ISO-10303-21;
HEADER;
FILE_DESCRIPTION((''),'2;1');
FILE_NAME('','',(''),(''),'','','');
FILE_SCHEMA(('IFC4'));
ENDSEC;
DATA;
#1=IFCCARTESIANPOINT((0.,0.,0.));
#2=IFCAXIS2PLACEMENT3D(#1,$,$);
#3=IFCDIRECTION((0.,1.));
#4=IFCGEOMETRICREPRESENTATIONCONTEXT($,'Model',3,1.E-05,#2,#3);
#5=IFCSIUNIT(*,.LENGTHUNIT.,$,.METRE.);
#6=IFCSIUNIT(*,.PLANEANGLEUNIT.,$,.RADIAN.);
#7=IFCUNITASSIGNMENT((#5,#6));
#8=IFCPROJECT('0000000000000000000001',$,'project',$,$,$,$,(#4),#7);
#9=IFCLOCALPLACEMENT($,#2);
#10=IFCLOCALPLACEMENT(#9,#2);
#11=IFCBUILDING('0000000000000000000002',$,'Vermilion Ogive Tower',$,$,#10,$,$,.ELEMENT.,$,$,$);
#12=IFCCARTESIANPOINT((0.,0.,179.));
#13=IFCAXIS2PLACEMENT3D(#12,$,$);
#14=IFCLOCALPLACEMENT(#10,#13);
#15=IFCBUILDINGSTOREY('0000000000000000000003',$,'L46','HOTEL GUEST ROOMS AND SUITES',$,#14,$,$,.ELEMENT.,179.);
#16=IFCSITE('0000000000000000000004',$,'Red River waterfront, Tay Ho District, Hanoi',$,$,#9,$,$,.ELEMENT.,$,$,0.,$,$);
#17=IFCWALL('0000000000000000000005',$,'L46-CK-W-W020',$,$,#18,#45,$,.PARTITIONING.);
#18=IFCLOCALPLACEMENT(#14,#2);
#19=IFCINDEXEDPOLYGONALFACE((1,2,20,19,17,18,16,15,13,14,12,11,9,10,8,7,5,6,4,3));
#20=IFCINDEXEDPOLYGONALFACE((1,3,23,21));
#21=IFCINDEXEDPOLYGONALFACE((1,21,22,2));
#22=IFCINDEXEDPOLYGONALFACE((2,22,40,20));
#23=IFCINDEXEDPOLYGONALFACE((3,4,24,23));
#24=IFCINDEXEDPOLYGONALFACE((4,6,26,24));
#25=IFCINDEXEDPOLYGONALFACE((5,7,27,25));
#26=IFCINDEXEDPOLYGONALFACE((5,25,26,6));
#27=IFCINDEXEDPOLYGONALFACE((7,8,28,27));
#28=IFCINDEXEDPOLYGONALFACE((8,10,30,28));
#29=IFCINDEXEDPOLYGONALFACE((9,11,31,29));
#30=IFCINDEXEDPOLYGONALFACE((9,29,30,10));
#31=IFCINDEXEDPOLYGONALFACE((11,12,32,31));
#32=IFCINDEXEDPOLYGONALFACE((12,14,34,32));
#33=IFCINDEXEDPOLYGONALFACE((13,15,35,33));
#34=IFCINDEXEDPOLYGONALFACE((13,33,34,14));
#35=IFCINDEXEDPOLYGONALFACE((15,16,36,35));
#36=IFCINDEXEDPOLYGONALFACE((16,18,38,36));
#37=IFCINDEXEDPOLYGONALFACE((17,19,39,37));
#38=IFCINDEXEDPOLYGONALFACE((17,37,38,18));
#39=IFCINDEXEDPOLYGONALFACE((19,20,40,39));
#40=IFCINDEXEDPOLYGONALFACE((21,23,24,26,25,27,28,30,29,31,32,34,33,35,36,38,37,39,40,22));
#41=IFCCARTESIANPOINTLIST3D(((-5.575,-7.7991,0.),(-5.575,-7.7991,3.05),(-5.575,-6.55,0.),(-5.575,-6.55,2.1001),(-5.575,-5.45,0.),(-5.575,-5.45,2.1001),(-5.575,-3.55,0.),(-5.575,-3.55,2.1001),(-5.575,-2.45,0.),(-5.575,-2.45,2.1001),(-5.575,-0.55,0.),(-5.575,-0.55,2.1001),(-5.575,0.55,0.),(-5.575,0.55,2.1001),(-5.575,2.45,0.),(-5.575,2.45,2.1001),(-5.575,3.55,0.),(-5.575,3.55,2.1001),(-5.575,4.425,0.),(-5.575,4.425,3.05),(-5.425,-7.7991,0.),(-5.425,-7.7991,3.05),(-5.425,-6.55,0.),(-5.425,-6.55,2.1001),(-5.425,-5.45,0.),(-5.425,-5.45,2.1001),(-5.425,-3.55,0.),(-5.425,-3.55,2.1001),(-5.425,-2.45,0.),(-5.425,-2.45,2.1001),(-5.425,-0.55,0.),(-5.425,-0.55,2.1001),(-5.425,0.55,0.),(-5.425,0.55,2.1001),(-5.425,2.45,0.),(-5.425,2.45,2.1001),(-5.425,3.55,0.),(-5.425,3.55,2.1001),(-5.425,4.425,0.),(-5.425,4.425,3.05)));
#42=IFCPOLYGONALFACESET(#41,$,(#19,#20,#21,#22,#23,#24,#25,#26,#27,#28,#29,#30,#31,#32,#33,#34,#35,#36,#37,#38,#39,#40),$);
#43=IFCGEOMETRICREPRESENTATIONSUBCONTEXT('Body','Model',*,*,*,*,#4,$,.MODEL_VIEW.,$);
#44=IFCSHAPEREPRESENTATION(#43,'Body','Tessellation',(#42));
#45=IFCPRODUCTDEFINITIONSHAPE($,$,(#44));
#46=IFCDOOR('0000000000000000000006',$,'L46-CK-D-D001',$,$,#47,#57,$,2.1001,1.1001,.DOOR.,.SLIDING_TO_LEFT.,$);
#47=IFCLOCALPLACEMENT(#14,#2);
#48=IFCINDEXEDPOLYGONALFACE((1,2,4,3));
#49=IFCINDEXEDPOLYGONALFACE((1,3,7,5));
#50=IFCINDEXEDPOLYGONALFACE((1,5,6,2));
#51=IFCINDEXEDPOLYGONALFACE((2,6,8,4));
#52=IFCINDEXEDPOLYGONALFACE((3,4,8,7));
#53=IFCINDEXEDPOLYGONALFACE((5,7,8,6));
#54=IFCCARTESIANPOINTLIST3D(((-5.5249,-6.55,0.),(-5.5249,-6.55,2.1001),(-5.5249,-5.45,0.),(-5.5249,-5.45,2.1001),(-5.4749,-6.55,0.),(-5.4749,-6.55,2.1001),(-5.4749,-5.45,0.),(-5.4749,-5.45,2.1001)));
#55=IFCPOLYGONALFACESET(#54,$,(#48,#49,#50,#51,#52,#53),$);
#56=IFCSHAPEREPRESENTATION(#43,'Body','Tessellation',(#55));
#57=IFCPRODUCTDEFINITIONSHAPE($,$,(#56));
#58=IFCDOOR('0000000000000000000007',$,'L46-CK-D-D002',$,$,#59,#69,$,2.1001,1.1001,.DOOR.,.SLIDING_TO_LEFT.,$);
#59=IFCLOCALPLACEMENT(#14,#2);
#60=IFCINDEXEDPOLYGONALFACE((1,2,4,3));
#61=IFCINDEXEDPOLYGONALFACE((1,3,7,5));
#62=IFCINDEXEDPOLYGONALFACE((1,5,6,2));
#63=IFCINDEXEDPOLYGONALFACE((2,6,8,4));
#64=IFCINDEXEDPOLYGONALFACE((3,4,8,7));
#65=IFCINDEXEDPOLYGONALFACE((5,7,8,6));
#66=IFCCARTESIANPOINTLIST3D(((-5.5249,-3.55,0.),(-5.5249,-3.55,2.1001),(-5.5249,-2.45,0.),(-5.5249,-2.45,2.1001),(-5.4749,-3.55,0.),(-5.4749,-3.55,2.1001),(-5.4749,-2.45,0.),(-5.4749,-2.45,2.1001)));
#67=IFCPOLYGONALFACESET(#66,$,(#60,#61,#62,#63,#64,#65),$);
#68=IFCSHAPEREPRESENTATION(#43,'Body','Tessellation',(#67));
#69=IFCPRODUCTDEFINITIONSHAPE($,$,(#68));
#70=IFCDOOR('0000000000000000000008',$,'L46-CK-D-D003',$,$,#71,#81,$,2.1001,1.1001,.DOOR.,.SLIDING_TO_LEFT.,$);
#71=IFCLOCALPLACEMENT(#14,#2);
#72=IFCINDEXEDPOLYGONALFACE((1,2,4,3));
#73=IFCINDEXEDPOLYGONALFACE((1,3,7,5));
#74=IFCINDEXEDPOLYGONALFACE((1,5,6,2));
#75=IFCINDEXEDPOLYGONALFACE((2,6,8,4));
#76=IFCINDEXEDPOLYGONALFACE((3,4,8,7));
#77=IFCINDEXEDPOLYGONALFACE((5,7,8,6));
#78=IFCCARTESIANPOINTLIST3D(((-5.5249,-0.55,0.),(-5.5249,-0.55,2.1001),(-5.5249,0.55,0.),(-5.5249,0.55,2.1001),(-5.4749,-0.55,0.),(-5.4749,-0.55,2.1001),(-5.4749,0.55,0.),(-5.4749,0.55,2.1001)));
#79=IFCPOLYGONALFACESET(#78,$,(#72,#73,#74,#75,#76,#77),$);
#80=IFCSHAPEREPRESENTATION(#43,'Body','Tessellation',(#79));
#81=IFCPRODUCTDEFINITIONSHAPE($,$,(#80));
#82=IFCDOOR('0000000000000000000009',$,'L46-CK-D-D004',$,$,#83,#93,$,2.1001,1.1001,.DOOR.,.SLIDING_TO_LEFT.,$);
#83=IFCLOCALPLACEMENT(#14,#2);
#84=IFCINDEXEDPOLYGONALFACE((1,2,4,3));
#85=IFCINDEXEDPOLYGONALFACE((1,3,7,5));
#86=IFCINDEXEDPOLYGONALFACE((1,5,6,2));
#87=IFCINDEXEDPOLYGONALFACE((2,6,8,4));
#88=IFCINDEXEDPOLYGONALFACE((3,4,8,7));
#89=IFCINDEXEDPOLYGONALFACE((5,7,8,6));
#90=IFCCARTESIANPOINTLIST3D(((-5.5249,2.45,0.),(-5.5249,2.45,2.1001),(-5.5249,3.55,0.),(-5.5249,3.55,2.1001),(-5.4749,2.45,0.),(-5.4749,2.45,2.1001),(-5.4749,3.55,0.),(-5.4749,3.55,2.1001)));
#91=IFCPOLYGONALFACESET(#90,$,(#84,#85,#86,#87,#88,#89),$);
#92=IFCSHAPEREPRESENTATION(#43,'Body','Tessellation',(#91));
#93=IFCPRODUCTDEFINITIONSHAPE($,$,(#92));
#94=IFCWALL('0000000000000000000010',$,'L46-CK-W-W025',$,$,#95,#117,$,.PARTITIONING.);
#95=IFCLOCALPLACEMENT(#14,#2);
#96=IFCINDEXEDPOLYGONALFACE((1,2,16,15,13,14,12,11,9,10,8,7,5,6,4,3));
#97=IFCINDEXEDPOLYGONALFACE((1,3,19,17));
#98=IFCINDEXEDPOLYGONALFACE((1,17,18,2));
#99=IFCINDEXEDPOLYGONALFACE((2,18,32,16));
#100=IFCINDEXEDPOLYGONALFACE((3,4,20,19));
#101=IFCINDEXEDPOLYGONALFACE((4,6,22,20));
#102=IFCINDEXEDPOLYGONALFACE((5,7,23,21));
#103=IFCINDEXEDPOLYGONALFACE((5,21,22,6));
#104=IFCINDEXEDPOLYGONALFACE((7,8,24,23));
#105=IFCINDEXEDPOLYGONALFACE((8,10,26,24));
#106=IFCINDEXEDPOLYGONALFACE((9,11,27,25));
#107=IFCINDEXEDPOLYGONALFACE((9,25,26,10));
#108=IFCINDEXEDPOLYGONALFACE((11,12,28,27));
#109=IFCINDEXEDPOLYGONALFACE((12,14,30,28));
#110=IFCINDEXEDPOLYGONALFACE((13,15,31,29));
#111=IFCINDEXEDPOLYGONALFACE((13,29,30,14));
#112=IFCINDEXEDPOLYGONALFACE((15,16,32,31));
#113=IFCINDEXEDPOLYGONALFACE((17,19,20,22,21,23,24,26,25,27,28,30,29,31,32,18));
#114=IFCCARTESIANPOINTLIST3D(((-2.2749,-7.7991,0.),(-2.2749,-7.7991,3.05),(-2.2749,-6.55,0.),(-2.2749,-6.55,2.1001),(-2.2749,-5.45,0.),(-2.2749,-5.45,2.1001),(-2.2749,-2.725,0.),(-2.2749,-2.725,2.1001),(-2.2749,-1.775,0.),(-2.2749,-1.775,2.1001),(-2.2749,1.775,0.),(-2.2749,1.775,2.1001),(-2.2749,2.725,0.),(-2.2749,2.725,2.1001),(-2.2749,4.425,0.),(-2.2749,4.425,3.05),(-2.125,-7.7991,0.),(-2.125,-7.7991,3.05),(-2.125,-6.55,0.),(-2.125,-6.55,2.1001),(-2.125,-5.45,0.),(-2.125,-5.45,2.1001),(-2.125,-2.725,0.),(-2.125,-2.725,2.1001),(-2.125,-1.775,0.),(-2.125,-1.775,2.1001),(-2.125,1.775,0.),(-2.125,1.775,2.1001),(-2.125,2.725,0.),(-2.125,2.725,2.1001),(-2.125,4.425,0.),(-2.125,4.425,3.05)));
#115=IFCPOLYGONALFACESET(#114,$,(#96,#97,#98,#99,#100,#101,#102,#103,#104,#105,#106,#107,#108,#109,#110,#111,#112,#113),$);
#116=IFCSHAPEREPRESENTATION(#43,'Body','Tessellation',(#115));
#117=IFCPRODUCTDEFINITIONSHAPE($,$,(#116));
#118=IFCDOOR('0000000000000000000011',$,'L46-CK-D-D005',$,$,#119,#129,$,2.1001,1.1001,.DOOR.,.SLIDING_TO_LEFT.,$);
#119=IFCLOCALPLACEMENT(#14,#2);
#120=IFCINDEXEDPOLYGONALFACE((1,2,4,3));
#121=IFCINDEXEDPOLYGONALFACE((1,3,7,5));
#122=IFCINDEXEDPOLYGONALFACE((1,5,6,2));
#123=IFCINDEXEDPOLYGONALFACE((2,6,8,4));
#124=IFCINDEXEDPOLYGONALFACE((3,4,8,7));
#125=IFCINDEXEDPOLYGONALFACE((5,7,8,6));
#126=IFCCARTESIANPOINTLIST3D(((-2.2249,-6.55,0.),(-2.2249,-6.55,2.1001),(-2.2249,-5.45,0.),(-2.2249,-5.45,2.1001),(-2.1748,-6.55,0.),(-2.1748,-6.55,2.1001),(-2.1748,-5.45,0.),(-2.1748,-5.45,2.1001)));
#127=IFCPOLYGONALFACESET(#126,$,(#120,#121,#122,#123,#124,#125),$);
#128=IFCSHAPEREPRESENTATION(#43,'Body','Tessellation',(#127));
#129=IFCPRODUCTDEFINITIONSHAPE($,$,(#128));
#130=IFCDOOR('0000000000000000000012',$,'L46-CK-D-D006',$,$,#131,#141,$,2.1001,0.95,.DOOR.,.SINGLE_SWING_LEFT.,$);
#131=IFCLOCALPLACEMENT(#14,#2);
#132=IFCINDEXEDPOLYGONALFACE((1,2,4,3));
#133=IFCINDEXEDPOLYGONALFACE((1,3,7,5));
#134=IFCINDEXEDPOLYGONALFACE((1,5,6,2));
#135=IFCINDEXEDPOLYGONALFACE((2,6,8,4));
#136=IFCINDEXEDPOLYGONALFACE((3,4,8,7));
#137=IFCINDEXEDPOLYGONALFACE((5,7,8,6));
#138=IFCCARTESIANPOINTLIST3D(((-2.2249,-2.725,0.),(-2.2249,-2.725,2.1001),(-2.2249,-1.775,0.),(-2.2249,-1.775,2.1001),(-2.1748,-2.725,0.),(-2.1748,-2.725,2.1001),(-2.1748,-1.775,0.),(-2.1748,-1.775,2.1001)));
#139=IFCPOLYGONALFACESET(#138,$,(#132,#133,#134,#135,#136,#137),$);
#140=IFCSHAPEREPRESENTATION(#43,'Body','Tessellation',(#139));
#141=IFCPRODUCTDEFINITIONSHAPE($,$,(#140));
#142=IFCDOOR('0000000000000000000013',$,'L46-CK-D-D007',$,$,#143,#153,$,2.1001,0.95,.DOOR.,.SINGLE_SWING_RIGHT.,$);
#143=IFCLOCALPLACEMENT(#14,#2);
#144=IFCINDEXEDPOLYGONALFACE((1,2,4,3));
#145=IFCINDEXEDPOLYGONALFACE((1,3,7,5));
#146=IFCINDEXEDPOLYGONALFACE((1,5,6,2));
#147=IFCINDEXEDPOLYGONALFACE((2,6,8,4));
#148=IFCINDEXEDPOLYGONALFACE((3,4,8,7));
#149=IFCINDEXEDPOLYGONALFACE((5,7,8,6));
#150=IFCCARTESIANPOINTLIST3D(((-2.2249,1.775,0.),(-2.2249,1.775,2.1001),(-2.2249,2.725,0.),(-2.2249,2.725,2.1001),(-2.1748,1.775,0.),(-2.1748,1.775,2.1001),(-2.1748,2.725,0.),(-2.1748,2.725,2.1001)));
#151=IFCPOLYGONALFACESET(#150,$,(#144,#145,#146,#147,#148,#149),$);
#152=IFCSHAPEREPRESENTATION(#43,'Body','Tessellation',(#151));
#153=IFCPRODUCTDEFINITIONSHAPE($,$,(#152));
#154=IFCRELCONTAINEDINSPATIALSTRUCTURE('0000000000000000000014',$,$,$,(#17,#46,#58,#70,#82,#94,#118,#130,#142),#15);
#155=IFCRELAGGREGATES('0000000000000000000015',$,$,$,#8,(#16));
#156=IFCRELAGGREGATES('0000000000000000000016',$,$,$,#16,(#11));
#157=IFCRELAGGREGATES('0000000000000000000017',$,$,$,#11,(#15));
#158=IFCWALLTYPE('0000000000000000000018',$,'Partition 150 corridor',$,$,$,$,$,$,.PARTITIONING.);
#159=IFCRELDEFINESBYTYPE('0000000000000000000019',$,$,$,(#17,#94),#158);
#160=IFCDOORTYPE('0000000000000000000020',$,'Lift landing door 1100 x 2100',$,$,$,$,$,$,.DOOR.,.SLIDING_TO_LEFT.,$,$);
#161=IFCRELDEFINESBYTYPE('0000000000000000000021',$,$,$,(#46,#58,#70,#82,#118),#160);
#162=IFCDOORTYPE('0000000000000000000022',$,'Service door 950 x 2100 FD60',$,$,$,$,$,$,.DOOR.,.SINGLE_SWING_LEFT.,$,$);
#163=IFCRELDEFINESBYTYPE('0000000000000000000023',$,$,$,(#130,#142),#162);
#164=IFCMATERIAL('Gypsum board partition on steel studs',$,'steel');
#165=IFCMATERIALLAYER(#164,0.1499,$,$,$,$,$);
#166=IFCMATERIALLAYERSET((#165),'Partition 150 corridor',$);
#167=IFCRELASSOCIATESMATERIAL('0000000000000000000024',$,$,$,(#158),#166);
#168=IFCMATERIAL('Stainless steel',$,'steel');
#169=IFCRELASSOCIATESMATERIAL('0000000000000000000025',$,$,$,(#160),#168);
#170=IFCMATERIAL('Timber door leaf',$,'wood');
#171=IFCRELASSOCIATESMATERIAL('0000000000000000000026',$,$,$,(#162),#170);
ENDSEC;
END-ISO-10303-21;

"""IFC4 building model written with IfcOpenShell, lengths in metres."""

from ifc_helpers import new_model, si_unit, direction, frame, frame_2d, origin, place, context, subcontext, project, spatial, rectangle, extrude, material, layer, layer_set, type_object, element, fill, save


model = new_model("IFC4")

# Units and contexts
model_context = context("Model", 3, precision=1e-05, world=origin(), true_north=direction((0.0, 1.0)))
body_context = subcontext(model_context, "Body", "Model", "MODEL_VIEW")
ifc_project = project(units=[si_unit("LENGTHUNIT", "METRE"), si_unit("PLANEANGLEUNIT", "RADIAN")], contexts=[model_context])

# Site, building, storey
site_placement = place(None, origin())
site = spatial("IfcSite", under=ifc_project, at=site_placement, Name="Red River waterfront, Tay Ho District, Hanoi", CompositionType="ELEMENT", RefElevation=0.0)
building_placement = place(site_placement, origin())
building = spatial("IfcBuilding", under=site, at=building_placement, Name="Vermilion Ogive Tower", CompositionType="ELEMENT")
storey_placement = place(building_placement, frame((0.0, 0.0, 179.0)))
storey = spatial("IfcBuildingStorey", under=building, at=storey_placement, Name="L46", Description="HOTEL GUEST ROOMS AND SUITES", CompositionType="ELEMENT", Elevation=179.0)

# Walls, openings, doors
ifc_material_1 = material(Name="Gypsum board partition on steel studs", Category="steel")
ifc_layer_1 = layer(ifc_material_1, 0.1499)
ifc_layer_set_1 = layer_set([ifc_layer_1], Name="Partition 150 corridor")
wall_type_1 = type_object("IfcWallType", Name="Partition 150 corridor", PredefinedType="PARTITIONING", material=ifc_layer_set_1)
wall_1_placement = place(storey_placement, frame((-5.5, -7.7991, 0.0), z_axis=(0.0, 0.0, 1.0), x_axis=(0.0, 1.0, 0.0)))
wall_1 = element("IfcWall", 1, at=wall_1_placement, inside=storey, type_object=wall_type_1, Name="L46-CK-W-W020", PredefinedType="PARTITIONING", context=body_context, shape_type="SweptSolid", body=[
    extrude(rectangle(XDim=12.2241, YDim=0.1499, at=frame_2d((6.1121, 0.0))), origin(), (0.0, 0.0, 1.0), 3.05),
])
opening_1_placement = place(wall_1_placement, frame((1.249, 0.0, 0.0)))
opening_1 = element("IfcOpeningElement", 2, at=opening_1_placement, cuts=wall_1, PredefinedType="OPENING", context=body_context, shape_type="SweptSolid", body=[
    extrude(rectangle(XDim=1.1001, YDim=2.1001, at=frame_2d((0.55, 1.05))), frame((0.0, 0.085, 0.0), z_axis=(0.0, -1.0, 0.0), x_axis=(1.0, 0.0, 0.0)), (0.0, 0.0, 1.0), 0.1699),
])
opening_2_placement = place(wall_1_placement, frame((4.249, 0.0, 0.0)))
opening_2 = element("IfcOpeningElement", 3, at=opening_2_placement, cuts=wall_1, PredefinedType="OPENING", context=body_context, shape_type="SweptSolid", body=[
    extrude(rectangle(XDim=1.1001, YDim=2.1001, at=frame_2d((0.55, 1.05))), frame((0.0, 0.085, 0.0), z_axis=(0.0, -1.0, 0.0), x_axis=(1.0, 0.0, 0.0)), (0.0, 0.0, 1.0), 0.1699),
])
opening_3_placement = place(wall_1_placement, frame((7.249, 0.0, 0.0)))
opening_3 = element("IfcOpeningElement", 4, at=opening_3_placement, cuts=wall_1, PredefinedType="OPENING", context=body_context, shape_type="SweptSolid", body=[
    extrude(rectangle(XDim=1.1001, YDim=2.1001, at=frame_2d((0.55, 1.05))), frame((0.0, 0.085, 0.0), z_axis=(0.0, -1.0, 0.0), x_axis=(1.0, 0.0, 0.0)), (0.0, 0.0, 1.0), 0.1699),
])
opening_4_placement = place(wall_1_placement, frame((10.249, 0.0, 0.0)))
opening_4 = element("IfcOpeningElement", 5, at=opening_4_placement, cuts=wall_1, PredefinedType="OPENING", context=body_context, shape_type="SweptSolid", body=[
    extrude(rectangle(XDim=1.1001, YDim=2.1001, at=frame_2d((0.55, 1.05))), frame((0.0, 0.085, 0.0), z_axis=(0.0, -1.0, 0.0), x_axis=(1.0, 0.0, 0.0)), (0.0, 0.0, 1.0), 0.1699),
])
ifc_material_2 = material(Name="Stainless steel", Category="steel")
door_type_1 = type_object("IfcDoorType", Name="Lift landing door 1100 x 2100", OperationType="SLIDING_TO_LEFT", PredefinedType="DOOR", material=ifc_material_2)
door_1_placement = place(opening_1_placement, origin())
door_1 = element("IfcDoor", 6, at=door_1_placement, inside=storey, type_object=door_type_1, Name="L46-CK-D-D001", OperationType="SLIDING_TO_LEFT", OverallHeight=2.1001, OverallWidth=1.1001, PredefinedType="DOOR", context=body_context, shape_type="SweptSolid", body=[
    extrude(rectangle(XDim=1.1001, YDim=2.1001, at=frame_2d((0.55, 1.05))), frame((0.0, 0.0249, 0.0), z_axis=(0.0, -1.0, 0.0), x_axis=(1.0, 0.0, 0.0)), (0.0, 0.0, 1.0), 0.05),
])
fill(opening_1, door_1)
door_2_placement = place(opening_2_placement, origin())
door_2 = element("IfcDoor", 7, at=door_2_placement, inside=storey, type_object=door_type_1, Name="L46-CK-D-D002", OperationType="SLIDING_TO_LEFT", OverallHeight=2.1001, OverallWidth=1.1001, PredefinedType="DOOR", context=body_context, shape_type="SweptSolid", body=[
    extrude(rectangle(XDim=1.1001, YDim=2.1001, at=frame_2d((0.55, 1.05))), frame((0.0, 0.0249, 0.0), z_axis=(0.0, -1.0, 0.0), x_axis=(1.0, 0.0, 0.0)), (0.0, 0.0, 1.0), 0.05),
])
fill(opening_2, door_2)
door_3_placement = place(opening_3_placement, origin())
door_3 = element("IfcDoor", 8, at=door_3_placement, inside=storey, type_object=door_type_1, Name="L46-CK-D-D003", OperationType="SLIDING_TO_LEFT", OverallHeight=2.1001, OverallWidth=1.1001, PredefinedType="DOOR", context=body_context, shape_type="SweptSolid", body=[
    extrude(rectangle(XDim=1.1001, YDim=2.1001, at=frame_2d((0.55, 1.05))), frame((0.0, 0.0249, 0.0), z_axis=(0.0, -1.0, 0.0), x_axis=(1.0, 0.0, 0.0)), (0.0, 0.0, 1.0), 0.05),
])
fill(opening_3, door_3)
door_4_placement = place(opening_4_placement, origin())
door_4 = element("IfcDoor", 9, at=door_4_placement, inside=storey, type_object=door_type_1, Name="L46-CK-D-D004", OperationType="SLIDING_TO_LEFT", OverallHeight=2.1001, OverallWidth=1.1001, PredefinedType="DOOR", context=body_context, shape_type="SweptSolid", body=[
    extrude(rectangle(XDim=1.1001, YDim=2.1001, at=frame_2d((0.55, 1.05))), frame((0.0, 0.0249, 0.0), z_axis=(0.0, -1.0, 0.0), x_axis=(1.0, 0.0, 0.0)), (0.0, 0.0, 1.0), 0.05),
])
fill(opening_4, door_4)
wall_2_placement = place(storey_placement, frame((-2.2, -7.7991, 0.0), z_axis=(0.0, 0.0, 1.0), x_axis=(0.0, 1.0, 0.0)))
wall_2 = element("IfcWall", 10, at=wall_2_placement, inside=storey, type_object=wall_type_1, Name="L46-CK-W-W025", PredefinedType="PARTITIONING", context=body_context, shape_type="SweptSolid", body=[
    extrude(rectangle(XDim=12.2241, YDim=0.1499, at=frame_2d((6.1121, 0.0))), origin(), (0.0, 0.0, 1.0), 3.05),
])
opening_5_placement = place(wall_2_placement, frame((1.249, 0.0, 0.0)))
opening_5 = element("IfcOpeningElement", 11, at=opening_5_placement, cuts=wall_2, PredefinedType="OPENING", context=body_context, shape_type="SweptSolid", body=[
    extrude(rectangle(XDim=1.1001, YDim=2.1001, at=frame_2d((0.55, 1.05))), frame((0.0, 0.085, 0.0), z_axis=(0.0, -1.0, 0.0), x_axis=(1.0, 0.0, 0.0)), (0.0, 0.0, 1.0), 0.1699),
])
opening_6_placement = place(wall_2_placement, frame((5.074, 0.0, 0.0)))
opening_6 = element("IfcOpeningElement", 12, at=opening_6_placement, cuts=wall_2, PredefinedType="OPENING", context=body_context, shape_type="SweptSolid", body=[
    extrude(rectangle(XDim=0.95, YDim=2.1001, at=frame_2d((0.4751, 1.05))), frame((0.0, 0.085, 0.0), z_axis=(0.0, -1.0, 0.0), x_axis=(1.0, 0.0, 0.0)), (0.0, 0.0, 1.0), 0.1699),
])
opening_7_placement = place(wall_2_placement, frame((9.574, 0.0, 0.0)))
opening_7 = element("IfcOpeningElement", 13, at=opening_7_placement, cuts=wall_2, PredefinedType="OPENING", context=body_context, shape_type="SweptSolid", body=[
    extrude(rectangle(XDim=0.95, YDim=2.1001, at=frame_2d((0.4751, 1.05))), frame((0.0, 0.085, 0.0), z_axis=(0.0, -1.0, 0.0), x_axis=(1.0, 0.0, 0.0)), (0.0, 0.0, 1.0), 0.1699),
])
door_5_placement = place(opening_5_placement, origin())
door_5 = element("IfcDoor", 14, at=door_5_placement, inside=storey, type_object=door_type_1, Name="L46-CK-D-D005", OperationType="SLIDING_TO_LEFT", OverallHeight=2.1001, OverallWidth=1.1001, PredefinedType="DOOR", context=body_context, shape_type="SweptSolid", body=[
    extrude(rectangle(XDim=1.1001, YDim=2.1001, at=frame_2d((0.55, 1.05))), frame((0.0, 0.0249, 0.0), z_axis=(0.0, -1.0, 0.0), x_axis=(1.0, 0.0, 0.0)), (0.0, 0.0, 1.0), 0.05),
])
fill(opening_5, door_5)
ifc_material_3 = material(Name="Timber door leaf", Category="wood")
door_type_2 = type_object("IfcDoorType", Name="Service door 950 x 2100 FD60", OperationType="SINGLE_SWING_LEFT", PredefinedType="DOOR", material=ifc_material_3)
door_6_placement = place(opening_6_placement, origin())
door_6 = element("IfcDoor", 15, at=door_6_placement, inside=storey, type_object=door_type_2, Name="L46-CK-D-D006", OperationType="SINGLE_SWING_LEFT", OverallHeight=2.1001, OverallWidth=0.95, PredefinedType="DOOR", context=body_context, shape_type="SweptSolid", body=[
    extrude(rectangle(XDim=0.95, YDim=2.1001, at=frame_2d((0.4751, 1.05))), frame((0.0, 0.0249, 0.0), z_axis=(0.0, -1.0, 0.0), x_axis=(1.0, 0.0, 0.0)), (0.0, 0.0, 1.0), 0.05),
])
fill(opening_6, door_6)
door_7_placement = place(opening_7_placement, origin())
door_7 = element("IfcDoor", 16, at=door_7_placement, inside=storey, type_object=door_type_2, Name="L46-CK-D-D007", OperationType="SINGLE_SWING_RIGHT", OverallHeight=2.1001, OverallWidth=0.95, PredefinedType="DOOR", context=body_context, shape_type="SweptSolid", body=[
    extrude(rectangle(XDim=0.95, YDim=2.1001, at=frame_2d((0.4751, 1.05))), frame((0.0, 0.0249, 0.0), z_axis=(0.0, -1.0, 0.0), x_axis=(1.0, 0.0, 0.0)), (0.0, 0.0, 1.0), 0.05),
])
fill(opening_7, door_7)

save(model, "model.ifc")
